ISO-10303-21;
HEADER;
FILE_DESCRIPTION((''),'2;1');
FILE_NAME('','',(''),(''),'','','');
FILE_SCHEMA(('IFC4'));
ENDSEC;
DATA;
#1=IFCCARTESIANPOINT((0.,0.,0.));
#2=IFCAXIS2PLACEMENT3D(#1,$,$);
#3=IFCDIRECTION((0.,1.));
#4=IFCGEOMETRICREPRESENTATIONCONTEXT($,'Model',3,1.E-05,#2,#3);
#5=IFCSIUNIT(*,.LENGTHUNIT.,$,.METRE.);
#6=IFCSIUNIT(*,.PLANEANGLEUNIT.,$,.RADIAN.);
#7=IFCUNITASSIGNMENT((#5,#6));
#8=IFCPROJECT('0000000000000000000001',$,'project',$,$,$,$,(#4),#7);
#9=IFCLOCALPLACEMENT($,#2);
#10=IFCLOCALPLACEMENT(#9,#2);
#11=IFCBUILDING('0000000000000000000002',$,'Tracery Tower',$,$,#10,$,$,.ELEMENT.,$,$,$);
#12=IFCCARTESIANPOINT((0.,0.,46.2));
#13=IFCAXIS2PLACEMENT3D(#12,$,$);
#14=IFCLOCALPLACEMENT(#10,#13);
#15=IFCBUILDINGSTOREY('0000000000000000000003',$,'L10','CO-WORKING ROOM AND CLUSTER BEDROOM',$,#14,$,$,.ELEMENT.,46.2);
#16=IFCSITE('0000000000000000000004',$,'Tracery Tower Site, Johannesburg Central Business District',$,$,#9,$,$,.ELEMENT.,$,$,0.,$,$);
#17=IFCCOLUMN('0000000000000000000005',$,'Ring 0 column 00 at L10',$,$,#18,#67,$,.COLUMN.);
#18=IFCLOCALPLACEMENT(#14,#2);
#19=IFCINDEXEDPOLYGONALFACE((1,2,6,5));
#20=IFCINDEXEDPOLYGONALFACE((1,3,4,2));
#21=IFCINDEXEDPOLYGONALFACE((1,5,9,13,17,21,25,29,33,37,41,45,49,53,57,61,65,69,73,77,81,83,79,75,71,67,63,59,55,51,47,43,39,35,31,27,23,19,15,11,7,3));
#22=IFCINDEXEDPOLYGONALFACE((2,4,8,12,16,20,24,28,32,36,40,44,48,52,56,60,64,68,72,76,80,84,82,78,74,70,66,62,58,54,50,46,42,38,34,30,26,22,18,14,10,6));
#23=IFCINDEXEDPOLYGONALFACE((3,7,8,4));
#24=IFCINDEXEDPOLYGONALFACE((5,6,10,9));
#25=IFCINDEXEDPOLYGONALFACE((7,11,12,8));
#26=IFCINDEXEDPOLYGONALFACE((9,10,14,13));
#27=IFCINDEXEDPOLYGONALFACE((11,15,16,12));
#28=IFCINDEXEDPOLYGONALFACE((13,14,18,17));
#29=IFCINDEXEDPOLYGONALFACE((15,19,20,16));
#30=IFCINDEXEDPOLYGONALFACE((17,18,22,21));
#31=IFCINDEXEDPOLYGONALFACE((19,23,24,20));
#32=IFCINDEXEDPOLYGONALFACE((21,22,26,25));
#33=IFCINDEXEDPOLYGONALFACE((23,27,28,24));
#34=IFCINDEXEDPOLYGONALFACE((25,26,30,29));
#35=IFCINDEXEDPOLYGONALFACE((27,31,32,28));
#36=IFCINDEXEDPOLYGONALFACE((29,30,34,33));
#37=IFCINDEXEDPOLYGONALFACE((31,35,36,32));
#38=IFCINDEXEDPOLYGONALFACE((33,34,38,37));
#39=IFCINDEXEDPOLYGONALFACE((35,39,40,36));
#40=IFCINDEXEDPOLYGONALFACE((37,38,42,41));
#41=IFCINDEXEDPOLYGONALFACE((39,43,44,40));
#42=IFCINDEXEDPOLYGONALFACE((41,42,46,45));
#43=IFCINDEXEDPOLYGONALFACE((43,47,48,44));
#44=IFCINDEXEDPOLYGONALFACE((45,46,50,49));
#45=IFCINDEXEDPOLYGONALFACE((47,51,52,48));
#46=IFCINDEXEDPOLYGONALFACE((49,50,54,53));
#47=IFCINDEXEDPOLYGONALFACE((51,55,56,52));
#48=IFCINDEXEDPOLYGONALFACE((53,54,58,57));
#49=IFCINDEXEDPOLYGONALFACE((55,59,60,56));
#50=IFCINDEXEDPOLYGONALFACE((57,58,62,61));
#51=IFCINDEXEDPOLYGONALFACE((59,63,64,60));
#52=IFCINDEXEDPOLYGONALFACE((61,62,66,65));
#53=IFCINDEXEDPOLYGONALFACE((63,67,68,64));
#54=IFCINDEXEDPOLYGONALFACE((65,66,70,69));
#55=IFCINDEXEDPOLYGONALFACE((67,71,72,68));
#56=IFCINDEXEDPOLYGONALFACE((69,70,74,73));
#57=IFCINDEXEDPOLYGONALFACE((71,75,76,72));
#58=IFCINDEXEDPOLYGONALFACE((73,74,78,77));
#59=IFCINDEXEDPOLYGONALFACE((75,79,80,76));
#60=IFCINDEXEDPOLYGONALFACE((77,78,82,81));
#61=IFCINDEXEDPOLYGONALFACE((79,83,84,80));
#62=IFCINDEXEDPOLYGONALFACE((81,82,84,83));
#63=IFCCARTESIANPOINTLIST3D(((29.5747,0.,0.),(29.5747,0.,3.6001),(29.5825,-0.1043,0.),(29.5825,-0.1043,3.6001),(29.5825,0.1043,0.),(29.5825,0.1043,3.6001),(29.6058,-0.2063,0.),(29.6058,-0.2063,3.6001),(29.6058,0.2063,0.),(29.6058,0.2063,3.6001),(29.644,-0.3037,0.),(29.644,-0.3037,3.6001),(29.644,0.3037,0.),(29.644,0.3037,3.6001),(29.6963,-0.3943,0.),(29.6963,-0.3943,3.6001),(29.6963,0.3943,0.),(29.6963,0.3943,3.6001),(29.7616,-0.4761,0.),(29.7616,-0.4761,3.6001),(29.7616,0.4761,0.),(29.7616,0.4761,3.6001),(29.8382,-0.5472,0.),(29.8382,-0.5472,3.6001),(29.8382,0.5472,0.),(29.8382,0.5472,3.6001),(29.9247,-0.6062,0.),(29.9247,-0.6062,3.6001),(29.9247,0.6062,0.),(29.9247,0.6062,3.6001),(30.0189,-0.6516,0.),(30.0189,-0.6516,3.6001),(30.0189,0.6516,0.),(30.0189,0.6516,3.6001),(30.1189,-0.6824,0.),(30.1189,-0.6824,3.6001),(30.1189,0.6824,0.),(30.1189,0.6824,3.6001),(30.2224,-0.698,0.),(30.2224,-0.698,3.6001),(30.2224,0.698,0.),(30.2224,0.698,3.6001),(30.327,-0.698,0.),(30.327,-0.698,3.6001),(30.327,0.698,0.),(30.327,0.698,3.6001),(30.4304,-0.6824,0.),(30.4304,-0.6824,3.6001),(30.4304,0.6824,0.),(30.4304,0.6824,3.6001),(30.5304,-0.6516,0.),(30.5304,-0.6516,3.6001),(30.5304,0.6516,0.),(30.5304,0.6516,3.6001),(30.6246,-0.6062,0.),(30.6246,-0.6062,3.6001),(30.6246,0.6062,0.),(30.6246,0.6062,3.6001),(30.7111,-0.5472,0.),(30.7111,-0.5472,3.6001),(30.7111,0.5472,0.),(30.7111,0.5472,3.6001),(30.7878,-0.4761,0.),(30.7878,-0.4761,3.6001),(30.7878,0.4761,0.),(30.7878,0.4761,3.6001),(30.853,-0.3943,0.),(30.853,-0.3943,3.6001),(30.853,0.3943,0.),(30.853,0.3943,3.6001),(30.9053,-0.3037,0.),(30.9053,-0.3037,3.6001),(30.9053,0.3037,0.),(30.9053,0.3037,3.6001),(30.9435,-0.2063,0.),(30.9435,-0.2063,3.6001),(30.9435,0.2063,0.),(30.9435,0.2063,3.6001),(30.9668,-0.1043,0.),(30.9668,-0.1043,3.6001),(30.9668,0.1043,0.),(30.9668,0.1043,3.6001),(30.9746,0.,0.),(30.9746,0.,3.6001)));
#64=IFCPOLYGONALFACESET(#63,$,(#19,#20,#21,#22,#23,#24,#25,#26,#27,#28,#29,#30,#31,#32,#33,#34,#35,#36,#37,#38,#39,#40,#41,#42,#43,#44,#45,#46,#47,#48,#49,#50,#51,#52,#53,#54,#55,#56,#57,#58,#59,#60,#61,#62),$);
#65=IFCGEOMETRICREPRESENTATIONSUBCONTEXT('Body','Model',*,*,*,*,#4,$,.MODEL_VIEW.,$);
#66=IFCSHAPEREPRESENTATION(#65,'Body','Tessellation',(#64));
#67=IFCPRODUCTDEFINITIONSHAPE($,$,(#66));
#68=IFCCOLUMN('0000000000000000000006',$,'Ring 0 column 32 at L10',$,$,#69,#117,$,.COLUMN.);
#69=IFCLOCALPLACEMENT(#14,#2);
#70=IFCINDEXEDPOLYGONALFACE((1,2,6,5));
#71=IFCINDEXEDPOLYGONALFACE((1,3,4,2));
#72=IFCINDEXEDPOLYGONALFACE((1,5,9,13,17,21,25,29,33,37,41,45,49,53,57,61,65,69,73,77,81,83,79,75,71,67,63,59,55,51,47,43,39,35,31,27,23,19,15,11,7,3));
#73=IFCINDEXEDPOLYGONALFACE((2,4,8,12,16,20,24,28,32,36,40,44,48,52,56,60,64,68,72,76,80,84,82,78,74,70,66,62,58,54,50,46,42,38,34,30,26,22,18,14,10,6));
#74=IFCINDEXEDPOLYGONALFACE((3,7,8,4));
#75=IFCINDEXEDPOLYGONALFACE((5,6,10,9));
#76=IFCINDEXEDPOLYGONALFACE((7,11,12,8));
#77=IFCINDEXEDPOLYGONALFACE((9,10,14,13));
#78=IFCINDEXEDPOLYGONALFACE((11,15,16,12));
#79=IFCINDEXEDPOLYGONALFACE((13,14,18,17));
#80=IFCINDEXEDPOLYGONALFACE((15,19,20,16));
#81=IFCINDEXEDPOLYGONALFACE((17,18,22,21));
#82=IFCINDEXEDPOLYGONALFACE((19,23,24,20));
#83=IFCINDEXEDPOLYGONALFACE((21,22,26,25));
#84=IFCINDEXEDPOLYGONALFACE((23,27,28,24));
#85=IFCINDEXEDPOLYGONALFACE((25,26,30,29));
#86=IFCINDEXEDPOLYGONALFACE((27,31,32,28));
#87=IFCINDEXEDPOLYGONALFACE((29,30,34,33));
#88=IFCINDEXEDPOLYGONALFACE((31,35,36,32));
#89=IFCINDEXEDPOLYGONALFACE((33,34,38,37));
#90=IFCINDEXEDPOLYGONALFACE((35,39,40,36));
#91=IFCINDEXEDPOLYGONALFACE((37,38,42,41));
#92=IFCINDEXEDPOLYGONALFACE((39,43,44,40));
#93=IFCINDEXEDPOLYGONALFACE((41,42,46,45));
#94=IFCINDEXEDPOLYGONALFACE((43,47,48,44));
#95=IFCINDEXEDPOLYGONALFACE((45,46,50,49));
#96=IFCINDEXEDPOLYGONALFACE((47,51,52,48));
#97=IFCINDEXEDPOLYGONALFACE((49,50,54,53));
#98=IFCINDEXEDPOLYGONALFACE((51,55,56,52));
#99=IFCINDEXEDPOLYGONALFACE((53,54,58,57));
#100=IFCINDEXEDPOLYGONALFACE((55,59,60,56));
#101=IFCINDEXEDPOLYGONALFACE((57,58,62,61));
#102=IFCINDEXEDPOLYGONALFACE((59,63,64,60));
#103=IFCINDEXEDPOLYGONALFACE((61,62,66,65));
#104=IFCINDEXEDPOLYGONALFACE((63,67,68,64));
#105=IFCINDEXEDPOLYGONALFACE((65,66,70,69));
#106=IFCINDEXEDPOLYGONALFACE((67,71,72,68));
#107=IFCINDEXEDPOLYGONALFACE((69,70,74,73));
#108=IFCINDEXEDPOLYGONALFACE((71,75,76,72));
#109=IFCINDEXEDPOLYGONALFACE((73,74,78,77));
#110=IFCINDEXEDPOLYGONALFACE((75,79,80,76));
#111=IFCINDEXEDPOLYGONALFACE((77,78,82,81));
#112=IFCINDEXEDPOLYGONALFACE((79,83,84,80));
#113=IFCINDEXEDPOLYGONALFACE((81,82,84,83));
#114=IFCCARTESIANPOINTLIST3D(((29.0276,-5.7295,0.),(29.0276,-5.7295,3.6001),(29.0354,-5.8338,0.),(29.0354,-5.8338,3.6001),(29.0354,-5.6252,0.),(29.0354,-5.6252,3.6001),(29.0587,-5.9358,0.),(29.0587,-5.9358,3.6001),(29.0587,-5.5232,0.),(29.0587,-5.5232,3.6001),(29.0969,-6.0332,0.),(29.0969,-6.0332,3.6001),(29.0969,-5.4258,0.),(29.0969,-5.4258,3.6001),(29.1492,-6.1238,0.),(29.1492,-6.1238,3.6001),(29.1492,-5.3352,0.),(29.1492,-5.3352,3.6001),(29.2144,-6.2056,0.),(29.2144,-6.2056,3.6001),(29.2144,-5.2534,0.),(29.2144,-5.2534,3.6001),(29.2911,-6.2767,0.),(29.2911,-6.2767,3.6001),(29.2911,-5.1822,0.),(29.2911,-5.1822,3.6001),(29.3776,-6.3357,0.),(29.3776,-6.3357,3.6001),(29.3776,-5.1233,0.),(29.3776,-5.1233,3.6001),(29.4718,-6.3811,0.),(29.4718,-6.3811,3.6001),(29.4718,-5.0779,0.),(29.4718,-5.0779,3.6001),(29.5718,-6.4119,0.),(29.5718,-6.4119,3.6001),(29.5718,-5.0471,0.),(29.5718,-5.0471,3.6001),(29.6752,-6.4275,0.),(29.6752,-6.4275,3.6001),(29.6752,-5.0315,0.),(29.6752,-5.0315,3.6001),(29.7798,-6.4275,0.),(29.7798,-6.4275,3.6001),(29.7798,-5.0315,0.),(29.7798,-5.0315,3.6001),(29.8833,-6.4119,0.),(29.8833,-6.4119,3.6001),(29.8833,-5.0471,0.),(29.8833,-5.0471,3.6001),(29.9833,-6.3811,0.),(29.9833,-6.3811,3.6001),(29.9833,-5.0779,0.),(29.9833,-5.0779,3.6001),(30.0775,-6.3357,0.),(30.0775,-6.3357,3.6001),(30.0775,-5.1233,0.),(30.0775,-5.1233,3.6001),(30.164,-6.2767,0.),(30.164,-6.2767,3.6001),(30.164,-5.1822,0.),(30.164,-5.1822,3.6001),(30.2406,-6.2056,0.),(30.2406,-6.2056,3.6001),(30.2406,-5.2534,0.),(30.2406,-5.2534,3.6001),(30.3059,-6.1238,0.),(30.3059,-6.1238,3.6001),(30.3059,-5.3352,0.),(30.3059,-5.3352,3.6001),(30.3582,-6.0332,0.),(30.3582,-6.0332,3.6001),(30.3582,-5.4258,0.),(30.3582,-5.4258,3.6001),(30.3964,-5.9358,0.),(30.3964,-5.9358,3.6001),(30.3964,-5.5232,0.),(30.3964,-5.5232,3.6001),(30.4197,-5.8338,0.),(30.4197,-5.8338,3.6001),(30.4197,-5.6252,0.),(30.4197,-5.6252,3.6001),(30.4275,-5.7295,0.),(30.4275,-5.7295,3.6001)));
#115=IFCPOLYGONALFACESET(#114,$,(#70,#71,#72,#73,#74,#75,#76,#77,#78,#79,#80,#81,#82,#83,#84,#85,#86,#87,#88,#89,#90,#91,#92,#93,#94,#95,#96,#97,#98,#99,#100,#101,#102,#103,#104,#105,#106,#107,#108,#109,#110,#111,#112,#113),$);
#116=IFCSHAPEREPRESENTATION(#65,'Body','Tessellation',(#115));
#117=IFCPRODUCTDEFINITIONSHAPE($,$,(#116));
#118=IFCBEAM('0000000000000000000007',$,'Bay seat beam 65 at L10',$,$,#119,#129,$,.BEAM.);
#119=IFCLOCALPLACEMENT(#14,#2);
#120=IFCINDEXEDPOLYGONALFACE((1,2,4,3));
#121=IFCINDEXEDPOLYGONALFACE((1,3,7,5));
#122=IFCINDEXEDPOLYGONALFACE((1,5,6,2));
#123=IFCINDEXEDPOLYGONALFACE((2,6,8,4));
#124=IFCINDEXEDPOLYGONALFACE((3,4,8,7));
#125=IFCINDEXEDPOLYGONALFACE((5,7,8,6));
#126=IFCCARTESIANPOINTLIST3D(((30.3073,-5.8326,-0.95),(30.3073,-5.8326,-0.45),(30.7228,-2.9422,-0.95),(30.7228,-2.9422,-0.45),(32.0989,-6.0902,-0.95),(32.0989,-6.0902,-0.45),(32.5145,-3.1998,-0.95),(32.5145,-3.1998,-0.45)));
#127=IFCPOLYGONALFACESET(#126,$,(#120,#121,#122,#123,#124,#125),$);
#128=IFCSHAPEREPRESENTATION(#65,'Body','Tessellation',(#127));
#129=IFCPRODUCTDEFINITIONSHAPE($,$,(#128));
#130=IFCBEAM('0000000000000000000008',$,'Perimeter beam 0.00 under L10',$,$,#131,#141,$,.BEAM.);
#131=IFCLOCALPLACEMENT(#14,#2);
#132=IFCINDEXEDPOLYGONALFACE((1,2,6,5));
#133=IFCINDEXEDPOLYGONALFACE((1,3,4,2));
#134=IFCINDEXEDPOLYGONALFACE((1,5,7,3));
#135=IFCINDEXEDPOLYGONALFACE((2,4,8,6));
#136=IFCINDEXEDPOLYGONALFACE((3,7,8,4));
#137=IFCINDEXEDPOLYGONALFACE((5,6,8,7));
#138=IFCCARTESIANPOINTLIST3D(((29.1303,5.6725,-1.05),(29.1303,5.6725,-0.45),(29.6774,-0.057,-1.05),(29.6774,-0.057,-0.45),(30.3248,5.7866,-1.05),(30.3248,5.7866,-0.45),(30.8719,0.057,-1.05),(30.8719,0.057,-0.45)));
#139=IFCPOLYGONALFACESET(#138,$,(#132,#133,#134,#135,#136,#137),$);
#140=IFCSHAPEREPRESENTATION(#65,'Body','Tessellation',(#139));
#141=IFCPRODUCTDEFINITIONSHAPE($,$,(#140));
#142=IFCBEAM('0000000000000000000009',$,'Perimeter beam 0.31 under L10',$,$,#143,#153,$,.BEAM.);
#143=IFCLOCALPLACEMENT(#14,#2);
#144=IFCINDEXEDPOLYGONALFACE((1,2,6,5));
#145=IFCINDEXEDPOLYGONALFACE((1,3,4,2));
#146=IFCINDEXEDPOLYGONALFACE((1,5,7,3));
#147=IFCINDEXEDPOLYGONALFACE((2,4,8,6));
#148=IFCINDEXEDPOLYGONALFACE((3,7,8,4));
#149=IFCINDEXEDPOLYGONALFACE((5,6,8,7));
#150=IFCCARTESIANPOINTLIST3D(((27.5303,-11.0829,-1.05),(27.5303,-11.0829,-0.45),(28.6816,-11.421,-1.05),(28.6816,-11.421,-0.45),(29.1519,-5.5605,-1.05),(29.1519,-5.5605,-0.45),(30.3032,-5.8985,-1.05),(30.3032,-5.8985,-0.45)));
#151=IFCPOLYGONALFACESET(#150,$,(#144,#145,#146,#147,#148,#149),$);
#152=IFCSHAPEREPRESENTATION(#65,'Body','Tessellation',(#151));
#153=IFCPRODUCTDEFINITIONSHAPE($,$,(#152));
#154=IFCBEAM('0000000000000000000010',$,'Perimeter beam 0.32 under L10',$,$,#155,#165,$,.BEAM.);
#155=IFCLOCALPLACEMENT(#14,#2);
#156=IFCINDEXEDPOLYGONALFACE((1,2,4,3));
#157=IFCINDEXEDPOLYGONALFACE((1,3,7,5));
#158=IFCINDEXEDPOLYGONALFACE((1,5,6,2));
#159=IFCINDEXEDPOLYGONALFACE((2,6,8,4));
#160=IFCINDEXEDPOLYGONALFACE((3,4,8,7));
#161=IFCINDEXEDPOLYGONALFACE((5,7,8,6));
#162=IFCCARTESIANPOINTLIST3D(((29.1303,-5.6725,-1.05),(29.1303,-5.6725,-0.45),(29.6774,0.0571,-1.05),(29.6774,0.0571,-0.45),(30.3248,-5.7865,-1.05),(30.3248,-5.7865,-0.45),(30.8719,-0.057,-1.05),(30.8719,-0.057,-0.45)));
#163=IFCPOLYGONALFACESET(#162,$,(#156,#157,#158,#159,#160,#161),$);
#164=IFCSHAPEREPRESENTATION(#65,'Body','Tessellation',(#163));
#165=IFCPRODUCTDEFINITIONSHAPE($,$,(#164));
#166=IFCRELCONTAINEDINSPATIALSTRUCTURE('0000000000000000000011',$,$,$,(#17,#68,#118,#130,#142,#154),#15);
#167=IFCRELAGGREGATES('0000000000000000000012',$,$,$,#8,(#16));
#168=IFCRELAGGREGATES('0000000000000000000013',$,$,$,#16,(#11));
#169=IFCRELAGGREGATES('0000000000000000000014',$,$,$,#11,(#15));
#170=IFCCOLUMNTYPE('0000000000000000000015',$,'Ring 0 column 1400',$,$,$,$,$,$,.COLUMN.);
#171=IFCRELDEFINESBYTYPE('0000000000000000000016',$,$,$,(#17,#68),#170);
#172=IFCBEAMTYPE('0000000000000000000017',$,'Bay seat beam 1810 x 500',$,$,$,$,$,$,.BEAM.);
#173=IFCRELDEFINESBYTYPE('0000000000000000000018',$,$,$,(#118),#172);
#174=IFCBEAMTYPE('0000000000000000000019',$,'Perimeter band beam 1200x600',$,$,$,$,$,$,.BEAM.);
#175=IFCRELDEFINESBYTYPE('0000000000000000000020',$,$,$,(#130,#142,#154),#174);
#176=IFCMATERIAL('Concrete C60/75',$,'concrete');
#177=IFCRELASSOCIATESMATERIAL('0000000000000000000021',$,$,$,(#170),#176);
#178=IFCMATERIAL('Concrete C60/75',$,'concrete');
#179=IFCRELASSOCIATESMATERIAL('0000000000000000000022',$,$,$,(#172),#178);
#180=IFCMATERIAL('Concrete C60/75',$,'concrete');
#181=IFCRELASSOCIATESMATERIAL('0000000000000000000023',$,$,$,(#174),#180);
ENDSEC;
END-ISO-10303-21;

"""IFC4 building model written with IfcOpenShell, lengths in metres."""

from ifc_helpers import new_model, si_unit, direction, frame, origin, origin_2d, place, context, subcontext, project, spatial, rectangle, circle, extrude, material, material_profile, profile_set, type_object, element, save


model = new_model("IFC4")

# Units and contexts
model_context = context("Model", 3, precision=1e-05, world=origin(), true_north=direction((0.0, 1.0)))
body_context = subcontext(model_context, "Body", "Model", "MODEL_VIEW")
ifc_project = project(units=[si_unit("LENGTHUNIT", "METRE"), si_unit("PLANEANGLEUNIT", "RADIAN")], contexts=[model_context])

# Site, building, storey
site_placement = place(None, origin())
site = spatial("IfcSite", under=ifc_project, at=site_placement, Name="Tracery Tower Site, Johannesburg Central Business District", CompositionType="ELEMENT", RefElevation=0.0)
building_placement = place(site_placement, origin())
building = spatial("IfcBuilding", under=site, at=building_placement, Name="Tracery Tower", CompositionType="ELEMENT")
storey_placement = place(building_placement, frame((0.0, 0.0, 46.2)))
storey = spatial("IfcBuildingStorey", under=building, at=storey_placement, Name="L10", Description="CO-WORKING ROOM AND CLUSTER BEDROOM", CompositionType="ELEMENT", Elevation=46.2)

# Columns
ifc_material_1 = material(Name="Concrete C60/75", Category="concrete")
ifc_material_profile_1 = material_profile(ifc_material_1, circle(Radius=0.7, at=origin_2d()), Name="RC D1400")
ifc_profile_set_1 = profile_set([ifc_material_profile_1], Name="Concrete C60/75")
column_type = type_object("IfcColumnType", Name="Ring 0 column 1400", PredefinedType="COLUMN", material=ifc_profile_set_1)
for number, where, z_axis, x_axis, name in (
    (1, (30.2747, 0.0, 0.0), (0.0, 0.0, 1.0), (1.0, 0.0, 0.0), "Ring 0 column 00 at L10"),
    (2, (29.7275, -5.7295, 0.0), (0.0, 0.0, 1.0), (1.0, 0.0, 0.0), "Ring 0 column 32 at L10"),
):
    element("IfcColumn", number, at=place(storey_placement, frame(where, z_axis=z_axis, x_axis=x_axis)), inside=storey, type_object=column_type, Name=name, PredefinedType="COLUMN", context=body_context, shape_type="SweptSolid", body=[
        extrude(circle(Radius=0.7, at=origin_2d()), origin(), (0.0, 0.0, 1.0), 3.6001),
    ])

# Beams
ifc_material_2 = material(Name="Concrete C60/75", Category="concrete")
ifc_material_profile_2 = material_profile(ifc_material_2, rectangle(XDim=1.8101, YDim=0.5, at=origin_2d()), Name="RC 1810x500")
ifc_profile_set_2 = profile_set([ifc_material_profile_2], Name="Concrete C60/75")
beam_type_1 = type_object("IfcBeamType", Name="Bay seat beam 1810 x 500", PredefinedType="BEAM", material=ifc_profile_set_2)
beam_placement = place(storey_placement, frame((31.2031, -5.9614, -0.7), z_axis=(0.142299, 0.989824, 0.0), x_axis=(-0.989824, 0.142299, 0.0)))
element("IfcBeam", 3, at=beam_placement, inside=storey, type_object=beam_type_1, Name="Bay seat beam 65 at L10", PredefinedType="BEAM", context=body_context, shape_type="SweptSolid", body=[
    extrude(rectangle(XDim=1.8101, YDim=0.5, at=origin_2d()), origin(), (0.0, 0.0, 1.0), 2.9202),
])
ifc_material_3 = material(Name="Concrete C60/75", Category="concrete")
ifc_material_profile_3 = material_profile(ifc_material_3, rectangle(XDim=1.2, YDim=0.6001, at=origin_2d()), Name="RC 1200x600")
ifc_profile_set_3 = profile_set([ifc_material_profile_3], Name="Concrete C60/75")
beam_type_2 = type_object("IfcBeamType", Name="Perimeter band beam 1200x600", PredefinedType="BEAM", material=ifc_profile_set_3)
for number, where, z_axis, x_axis, name in (
    (4, (30.2747, 0.0, -0.75), (-0.095059, 0.995472, 0.0), (-0.995472, -0.095059, 0.0), "Perimeter beam 0.00 under L10"),
    (5, (28.106, -11.252, -0.75), (0.281739, 0.959491, 0.0), (-0.959491, 0.281739, 0.0), "Perimeter beam 0.31 under L10"),
    (6, (29.7275, -5.7295, -0.75), (0.095059, 0.995472, 0.0), (-0.995472, 0.095059, 0.0), "Perimeter beam 0.32 under L10"),
):
    element("IfcBeam", number, at=place(storey_placement, frame(where, z_axis=z_axis, x_axis=x_axis)), inside=storey, type_object=beam_type_2, Name=name, PredefinedType="BEAM", context=body_context, shape_type="SweptSolid", body=[
        extrude(rectangle(XDim=1.2, YDim=0.6001, at=origin_2d()), origin(), (0.0, 0.0, 1.0), 5.7556),
    ])

save(model, "model.ifc")
